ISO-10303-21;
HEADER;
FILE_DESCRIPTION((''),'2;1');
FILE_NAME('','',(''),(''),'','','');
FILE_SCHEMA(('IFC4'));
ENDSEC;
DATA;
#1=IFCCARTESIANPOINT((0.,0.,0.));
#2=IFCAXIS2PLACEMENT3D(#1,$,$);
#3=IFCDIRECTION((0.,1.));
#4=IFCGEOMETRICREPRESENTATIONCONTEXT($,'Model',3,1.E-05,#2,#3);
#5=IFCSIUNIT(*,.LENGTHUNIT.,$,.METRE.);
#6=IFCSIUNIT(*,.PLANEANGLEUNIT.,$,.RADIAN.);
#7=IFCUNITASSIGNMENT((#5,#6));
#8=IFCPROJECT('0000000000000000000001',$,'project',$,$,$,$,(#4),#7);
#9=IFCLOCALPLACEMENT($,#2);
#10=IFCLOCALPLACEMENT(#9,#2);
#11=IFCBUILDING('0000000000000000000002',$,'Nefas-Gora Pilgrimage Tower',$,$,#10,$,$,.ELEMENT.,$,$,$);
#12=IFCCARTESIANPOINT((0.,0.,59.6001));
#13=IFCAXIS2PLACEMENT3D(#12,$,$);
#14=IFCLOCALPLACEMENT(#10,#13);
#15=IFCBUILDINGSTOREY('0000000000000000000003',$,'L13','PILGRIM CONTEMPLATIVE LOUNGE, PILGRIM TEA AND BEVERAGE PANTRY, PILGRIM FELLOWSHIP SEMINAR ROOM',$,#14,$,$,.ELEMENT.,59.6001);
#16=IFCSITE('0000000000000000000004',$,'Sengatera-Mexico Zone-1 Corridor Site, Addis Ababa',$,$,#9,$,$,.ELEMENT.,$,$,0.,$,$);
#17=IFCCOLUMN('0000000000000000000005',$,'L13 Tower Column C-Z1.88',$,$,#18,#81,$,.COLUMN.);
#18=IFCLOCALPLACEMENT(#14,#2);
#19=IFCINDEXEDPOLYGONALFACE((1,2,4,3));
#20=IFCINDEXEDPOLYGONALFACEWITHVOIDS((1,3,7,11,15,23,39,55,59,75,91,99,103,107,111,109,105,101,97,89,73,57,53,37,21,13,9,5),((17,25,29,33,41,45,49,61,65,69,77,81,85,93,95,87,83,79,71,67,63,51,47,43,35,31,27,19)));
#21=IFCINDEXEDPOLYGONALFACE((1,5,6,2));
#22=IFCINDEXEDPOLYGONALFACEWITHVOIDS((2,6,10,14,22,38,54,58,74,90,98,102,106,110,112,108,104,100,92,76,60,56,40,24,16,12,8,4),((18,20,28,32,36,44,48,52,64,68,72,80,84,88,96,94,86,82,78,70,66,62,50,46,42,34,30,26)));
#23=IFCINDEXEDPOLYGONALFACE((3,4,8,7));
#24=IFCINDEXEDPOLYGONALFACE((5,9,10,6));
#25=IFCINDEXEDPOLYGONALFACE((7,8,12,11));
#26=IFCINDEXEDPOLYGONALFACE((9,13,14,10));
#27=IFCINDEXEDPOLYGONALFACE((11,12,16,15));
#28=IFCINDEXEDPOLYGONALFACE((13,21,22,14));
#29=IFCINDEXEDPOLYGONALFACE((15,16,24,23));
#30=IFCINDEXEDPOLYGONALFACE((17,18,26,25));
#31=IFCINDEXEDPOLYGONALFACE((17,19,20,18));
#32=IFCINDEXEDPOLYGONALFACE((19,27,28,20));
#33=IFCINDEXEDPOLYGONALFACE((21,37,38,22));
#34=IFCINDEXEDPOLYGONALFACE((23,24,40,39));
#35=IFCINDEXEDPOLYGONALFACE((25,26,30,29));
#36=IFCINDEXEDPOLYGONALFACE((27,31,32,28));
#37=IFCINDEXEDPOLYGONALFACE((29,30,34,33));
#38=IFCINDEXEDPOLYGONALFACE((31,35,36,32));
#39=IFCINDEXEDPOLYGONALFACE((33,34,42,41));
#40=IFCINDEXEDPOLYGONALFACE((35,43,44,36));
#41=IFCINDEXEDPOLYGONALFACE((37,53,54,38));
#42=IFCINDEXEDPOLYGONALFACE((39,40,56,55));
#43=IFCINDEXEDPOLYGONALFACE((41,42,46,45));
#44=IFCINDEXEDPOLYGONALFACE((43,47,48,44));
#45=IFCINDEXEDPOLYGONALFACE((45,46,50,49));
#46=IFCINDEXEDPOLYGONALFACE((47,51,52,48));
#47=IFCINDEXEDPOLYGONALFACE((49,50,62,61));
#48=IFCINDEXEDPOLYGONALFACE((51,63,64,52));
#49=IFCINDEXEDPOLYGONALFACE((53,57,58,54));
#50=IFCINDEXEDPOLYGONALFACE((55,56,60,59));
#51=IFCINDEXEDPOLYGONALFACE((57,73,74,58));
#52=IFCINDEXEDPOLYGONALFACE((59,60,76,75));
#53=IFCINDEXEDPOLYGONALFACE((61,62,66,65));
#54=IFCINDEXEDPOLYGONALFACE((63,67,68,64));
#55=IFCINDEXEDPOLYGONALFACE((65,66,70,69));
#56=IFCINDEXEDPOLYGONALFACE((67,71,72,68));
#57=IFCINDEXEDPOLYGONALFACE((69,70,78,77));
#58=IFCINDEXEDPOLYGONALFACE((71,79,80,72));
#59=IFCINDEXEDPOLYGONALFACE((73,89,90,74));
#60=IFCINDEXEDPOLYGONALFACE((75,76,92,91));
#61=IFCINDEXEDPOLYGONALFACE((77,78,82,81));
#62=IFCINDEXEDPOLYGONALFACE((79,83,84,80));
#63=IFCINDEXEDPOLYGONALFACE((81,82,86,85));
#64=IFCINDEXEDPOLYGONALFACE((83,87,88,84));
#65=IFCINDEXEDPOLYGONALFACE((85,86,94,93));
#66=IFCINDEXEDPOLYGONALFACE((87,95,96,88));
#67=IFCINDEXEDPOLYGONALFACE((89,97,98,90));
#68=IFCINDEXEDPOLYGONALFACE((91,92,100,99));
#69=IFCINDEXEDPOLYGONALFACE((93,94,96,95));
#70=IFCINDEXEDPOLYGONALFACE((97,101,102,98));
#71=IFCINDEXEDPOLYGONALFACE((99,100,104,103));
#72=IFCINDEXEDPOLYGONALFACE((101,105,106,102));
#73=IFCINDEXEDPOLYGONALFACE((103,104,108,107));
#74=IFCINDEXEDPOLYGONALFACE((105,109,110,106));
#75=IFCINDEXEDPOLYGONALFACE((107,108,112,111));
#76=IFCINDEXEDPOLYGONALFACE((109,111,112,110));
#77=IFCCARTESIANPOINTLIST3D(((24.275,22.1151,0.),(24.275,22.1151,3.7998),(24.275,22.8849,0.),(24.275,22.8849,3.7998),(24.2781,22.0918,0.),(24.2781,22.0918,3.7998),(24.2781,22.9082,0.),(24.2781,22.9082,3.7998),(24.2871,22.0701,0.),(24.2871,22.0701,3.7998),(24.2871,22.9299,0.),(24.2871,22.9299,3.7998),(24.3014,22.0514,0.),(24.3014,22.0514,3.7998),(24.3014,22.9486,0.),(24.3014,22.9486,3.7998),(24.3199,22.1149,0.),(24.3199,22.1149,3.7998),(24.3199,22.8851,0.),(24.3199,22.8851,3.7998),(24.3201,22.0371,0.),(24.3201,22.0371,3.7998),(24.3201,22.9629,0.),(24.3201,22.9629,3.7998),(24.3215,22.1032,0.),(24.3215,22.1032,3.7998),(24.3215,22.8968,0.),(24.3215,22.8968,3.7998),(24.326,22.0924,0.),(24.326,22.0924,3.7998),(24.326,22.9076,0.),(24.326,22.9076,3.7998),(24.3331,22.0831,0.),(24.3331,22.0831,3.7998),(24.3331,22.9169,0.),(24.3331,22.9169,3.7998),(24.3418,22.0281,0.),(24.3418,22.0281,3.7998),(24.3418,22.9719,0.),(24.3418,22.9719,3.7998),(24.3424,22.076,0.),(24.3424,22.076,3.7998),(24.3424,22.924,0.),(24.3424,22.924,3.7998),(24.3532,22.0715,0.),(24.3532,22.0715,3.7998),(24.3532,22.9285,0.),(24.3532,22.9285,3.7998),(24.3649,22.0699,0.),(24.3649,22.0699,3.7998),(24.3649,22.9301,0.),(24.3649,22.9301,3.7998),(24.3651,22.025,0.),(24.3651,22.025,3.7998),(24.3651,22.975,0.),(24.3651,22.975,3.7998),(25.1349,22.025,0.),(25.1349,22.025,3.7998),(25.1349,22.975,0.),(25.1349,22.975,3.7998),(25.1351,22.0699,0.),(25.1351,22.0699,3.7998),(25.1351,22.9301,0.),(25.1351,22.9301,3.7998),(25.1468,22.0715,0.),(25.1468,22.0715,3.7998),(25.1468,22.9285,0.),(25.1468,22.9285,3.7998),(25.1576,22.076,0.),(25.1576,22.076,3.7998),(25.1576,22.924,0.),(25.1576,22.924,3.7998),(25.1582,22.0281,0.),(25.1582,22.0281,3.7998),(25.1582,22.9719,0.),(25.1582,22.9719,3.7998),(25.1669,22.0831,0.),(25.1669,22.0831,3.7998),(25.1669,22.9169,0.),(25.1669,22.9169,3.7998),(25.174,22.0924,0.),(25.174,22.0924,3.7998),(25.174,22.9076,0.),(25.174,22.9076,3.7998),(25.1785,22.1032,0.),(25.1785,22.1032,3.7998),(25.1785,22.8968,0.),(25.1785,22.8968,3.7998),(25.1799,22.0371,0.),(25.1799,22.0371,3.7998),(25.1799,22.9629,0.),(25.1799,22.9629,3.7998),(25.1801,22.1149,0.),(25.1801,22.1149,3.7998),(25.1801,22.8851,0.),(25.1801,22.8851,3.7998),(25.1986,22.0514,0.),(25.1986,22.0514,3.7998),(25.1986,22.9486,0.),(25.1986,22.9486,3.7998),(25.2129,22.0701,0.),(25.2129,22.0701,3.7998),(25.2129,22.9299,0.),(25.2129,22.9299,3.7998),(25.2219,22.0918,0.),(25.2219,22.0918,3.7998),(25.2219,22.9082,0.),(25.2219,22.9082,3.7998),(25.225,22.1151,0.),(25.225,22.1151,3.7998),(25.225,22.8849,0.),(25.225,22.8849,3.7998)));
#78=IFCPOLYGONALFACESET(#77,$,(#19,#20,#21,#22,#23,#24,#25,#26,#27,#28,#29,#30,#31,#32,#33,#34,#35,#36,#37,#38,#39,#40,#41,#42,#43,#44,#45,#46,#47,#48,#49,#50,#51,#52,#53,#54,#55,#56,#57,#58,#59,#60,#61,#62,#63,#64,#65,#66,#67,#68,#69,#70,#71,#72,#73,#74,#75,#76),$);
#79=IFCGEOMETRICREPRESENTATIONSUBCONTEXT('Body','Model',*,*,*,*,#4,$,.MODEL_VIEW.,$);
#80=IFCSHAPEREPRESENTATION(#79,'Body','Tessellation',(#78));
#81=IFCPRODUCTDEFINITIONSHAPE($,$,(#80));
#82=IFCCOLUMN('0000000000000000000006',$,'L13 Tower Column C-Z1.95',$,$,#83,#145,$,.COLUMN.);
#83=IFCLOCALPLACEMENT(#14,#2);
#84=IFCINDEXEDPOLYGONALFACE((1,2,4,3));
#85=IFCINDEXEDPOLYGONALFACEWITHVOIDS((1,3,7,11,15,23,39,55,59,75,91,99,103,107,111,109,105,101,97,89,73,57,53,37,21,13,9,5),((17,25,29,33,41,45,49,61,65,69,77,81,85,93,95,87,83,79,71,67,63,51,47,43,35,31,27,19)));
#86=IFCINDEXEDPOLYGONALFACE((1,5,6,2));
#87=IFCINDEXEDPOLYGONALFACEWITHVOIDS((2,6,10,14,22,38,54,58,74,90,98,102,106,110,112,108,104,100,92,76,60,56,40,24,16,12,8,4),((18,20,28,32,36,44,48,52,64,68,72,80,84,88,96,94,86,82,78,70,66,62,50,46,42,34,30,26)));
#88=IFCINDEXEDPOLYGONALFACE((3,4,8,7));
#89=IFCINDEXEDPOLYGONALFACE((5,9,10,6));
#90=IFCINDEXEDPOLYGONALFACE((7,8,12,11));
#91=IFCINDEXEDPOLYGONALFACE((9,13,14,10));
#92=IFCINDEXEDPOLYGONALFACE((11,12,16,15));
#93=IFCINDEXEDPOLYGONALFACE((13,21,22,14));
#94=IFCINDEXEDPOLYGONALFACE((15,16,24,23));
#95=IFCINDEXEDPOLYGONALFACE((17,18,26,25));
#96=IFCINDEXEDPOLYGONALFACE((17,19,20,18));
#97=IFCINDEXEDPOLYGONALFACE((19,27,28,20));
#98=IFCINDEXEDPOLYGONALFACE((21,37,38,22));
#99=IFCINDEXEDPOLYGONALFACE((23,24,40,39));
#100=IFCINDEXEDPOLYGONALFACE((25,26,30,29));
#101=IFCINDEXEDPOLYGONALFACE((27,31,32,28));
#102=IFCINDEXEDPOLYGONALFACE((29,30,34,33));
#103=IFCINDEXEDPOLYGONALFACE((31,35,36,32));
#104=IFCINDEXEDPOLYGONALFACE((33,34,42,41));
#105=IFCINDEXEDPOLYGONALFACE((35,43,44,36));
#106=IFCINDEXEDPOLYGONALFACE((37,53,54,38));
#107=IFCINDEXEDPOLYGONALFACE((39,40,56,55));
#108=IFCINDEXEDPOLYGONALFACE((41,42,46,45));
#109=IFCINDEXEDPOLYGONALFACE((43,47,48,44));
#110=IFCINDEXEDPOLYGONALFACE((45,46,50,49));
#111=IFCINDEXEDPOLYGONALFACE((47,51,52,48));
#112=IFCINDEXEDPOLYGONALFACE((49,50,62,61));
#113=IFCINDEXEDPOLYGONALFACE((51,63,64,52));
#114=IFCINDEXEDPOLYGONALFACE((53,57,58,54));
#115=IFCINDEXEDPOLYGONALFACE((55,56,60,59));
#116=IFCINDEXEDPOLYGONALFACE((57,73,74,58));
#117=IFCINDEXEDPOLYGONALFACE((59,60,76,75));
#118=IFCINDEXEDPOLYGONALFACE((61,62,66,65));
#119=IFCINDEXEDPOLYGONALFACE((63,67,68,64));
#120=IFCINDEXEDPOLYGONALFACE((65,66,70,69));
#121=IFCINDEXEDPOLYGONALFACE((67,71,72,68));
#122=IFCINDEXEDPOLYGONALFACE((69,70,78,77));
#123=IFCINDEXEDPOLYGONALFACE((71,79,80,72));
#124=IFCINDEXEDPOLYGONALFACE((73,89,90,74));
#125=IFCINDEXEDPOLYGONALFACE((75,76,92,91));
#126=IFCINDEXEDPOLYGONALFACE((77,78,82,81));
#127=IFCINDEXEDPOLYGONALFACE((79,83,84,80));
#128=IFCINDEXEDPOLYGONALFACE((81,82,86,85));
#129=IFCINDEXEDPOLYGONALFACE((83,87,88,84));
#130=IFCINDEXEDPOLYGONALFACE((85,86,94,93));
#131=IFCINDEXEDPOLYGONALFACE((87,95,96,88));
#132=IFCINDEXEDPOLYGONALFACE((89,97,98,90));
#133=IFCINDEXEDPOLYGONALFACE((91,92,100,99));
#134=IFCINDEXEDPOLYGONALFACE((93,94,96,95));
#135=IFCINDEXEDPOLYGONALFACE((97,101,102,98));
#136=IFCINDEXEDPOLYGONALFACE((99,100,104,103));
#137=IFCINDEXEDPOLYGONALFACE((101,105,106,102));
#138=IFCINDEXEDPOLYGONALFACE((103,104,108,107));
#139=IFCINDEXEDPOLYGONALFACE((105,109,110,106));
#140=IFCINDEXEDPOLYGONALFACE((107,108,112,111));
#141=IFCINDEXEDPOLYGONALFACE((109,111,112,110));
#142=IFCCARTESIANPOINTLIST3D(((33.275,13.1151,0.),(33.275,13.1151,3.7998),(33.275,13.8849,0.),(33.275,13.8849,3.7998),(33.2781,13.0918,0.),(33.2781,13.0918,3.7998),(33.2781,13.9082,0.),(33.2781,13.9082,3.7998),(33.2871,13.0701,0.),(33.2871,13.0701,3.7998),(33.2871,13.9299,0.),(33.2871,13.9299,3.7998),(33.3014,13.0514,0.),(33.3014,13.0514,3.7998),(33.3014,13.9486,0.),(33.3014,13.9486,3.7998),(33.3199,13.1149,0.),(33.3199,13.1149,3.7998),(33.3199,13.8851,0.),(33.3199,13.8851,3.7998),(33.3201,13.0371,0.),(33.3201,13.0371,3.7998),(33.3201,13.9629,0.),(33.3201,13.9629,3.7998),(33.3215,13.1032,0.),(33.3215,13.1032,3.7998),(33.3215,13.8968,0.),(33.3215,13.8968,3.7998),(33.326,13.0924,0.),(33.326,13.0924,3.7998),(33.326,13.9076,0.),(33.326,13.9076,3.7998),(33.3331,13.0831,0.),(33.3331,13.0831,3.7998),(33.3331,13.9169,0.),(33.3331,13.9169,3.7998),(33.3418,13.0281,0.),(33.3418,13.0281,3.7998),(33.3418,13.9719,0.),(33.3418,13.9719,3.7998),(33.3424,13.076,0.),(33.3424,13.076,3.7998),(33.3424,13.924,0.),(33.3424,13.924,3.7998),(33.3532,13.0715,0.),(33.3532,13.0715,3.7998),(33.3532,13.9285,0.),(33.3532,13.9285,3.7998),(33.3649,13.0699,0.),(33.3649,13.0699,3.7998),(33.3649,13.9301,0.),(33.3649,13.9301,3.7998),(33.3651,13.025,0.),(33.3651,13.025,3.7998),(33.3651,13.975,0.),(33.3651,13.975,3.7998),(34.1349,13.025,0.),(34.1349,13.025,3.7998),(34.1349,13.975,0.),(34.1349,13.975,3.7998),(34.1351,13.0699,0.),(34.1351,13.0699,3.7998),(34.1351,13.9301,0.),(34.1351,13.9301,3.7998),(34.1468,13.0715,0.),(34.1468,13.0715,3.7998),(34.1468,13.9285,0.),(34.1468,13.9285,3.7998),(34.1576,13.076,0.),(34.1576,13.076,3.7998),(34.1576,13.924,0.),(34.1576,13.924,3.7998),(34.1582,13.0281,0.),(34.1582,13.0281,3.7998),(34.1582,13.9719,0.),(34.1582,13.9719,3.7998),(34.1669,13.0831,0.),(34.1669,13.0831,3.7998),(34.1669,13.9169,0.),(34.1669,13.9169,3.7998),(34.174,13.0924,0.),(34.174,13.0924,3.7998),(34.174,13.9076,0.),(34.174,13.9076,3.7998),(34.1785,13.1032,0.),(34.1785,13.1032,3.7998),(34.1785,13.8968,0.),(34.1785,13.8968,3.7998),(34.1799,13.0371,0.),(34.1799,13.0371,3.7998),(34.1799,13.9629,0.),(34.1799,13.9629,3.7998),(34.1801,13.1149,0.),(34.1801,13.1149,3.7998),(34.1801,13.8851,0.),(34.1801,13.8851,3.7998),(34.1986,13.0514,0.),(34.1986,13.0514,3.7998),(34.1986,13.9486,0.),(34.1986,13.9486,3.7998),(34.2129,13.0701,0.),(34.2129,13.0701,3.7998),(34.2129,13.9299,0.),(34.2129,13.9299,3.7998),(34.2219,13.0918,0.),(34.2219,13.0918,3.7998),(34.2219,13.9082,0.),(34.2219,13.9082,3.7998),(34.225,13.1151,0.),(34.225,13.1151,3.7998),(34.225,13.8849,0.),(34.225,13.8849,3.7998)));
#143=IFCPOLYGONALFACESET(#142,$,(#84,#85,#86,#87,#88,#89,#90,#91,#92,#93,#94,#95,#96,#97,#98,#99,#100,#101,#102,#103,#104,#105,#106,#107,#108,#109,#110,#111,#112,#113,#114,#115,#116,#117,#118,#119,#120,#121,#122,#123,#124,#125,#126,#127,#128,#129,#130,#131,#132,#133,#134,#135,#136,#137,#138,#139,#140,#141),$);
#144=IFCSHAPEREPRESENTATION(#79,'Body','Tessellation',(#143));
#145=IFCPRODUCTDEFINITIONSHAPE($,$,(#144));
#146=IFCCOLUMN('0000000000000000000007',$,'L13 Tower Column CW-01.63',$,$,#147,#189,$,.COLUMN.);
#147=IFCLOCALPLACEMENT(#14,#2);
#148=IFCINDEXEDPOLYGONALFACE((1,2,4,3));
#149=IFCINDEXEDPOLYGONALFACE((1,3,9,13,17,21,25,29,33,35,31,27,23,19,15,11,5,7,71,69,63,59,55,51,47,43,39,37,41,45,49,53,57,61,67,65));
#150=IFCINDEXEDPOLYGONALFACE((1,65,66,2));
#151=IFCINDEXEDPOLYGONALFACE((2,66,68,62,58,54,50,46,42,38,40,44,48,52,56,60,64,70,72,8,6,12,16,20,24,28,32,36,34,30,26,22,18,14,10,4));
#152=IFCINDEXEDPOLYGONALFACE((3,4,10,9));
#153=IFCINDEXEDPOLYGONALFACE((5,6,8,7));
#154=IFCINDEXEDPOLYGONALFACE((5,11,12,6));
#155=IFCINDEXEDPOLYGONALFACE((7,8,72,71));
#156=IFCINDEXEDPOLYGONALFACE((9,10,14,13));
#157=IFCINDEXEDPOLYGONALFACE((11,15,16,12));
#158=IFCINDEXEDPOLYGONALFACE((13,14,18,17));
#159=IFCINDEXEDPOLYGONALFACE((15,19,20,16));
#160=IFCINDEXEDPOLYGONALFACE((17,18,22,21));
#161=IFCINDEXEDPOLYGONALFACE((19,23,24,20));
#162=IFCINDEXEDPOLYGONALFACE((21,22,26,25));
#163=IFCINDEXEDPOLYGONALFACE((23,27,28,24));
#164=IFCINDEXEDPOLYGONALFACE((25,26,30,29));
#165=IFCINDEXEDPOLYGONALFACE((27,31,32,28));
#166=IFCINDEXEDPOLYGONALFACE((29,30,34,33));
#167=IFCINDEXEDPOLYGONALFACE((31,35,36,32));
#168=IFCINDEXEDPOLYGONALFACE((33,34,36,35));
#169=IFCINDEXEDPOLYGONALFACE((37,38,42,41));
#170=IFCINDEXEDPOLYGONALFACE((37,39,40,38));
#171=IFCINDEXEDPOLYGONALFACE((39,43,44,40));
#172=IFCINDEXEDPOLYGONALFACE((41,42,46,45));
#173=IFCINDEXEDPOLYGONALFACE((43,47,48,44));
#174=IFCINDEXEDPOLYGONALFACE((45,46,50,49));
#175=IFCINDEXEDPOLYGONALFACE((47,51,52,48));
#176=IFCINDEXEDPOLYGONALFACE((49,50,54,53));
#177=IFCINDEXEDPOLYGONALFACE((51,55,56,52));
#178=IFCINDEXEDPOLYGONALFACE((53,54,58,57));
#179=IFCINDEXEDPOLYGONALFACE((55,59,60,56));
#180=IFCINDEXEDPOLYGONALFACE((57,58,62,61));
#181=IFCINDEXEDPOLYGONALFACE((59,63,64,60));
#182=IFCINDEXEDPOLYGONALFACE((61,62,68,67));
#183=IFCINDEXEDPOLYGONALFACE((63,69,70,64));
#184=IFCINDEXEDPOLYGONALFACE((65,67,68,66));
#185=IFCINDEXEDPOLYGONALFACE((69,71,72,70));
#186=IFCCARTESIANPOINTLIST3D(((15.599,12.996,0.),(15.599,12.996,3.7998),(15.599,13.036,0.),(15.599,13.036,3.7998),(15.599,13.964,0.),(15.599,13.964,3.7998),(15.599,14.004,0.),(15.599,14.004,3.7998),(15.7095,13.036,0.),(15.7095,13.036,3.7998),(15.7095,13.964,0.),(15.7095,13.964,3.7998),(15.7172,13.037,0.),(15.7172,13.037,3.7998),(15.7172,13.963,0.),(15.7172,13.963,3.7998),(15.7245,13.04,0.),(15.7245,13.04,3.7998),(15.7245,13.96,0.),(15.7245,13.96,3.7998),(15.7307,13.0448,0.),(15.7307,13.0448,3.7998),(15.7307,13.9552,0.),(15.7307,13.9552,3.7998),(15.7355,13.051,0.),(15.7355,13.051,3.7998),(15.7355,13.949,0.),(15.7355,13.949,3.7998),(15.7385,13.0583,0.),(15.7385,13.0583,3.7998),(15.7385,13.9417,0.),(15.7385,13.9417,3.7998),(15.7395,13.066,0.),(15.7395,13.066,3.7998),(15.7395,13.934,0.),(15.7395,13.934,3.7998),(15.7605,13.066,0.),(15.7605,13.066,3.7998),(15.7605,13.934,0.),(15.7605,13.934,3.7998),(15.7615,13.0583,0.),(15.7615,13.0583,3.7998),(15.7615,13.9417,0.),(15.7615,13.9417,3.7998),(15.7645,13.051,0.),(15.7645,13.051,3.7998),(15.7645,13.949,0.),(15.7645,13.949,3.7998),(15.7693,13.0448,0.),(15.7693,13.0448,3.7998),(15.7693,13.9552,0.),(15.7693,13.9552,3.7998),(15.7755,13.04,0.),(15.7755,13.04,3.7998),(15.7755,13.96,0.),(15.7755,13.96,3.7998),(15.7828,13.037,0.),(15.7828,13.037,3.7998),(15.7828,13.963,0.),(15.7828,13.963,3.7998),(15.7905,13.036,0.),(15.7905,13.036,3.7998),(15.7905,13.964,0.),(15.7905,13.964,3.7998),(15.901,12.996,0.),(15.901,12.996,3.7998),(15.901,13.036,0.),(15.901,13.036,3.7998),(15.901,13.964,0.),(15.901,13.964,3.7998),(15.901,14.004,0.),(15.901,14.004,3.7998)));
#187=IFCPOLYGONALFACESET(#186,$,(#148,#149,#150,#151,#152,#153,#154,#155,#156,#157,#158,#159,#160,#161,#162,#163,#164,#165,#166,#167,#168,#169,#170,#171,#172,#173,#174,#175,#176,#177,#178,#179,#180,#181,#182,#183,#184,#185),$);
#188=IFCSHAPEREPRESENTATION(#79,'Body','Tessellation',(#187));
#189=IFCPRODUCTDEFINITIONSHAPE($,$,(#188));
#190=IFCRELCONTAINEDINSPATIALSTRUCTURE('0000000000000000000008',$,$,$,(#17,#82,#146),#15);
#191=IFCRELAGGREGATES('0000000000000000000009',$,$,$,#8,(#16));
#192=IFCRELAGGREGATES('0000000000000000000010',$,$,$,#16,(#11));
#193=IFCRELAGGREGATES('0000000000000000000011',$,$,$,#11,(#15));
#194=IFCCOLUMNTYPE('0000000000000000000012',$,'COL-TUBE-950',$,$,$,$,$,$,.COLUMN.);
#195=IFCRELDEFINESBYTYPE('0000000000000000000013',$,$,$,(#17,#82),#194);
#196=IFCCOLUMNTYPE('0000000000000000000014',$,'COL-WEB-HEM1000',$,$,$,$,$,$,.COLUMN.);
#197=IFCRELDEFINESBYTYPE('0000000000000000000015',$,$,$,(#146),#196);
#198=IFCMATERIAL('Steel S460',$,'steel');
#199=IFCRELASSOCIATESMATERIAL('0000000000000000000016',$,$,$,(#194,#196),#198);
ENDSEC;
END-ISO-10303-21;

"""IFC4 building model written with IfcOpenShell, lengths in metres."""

from ifc_helpers import new_model, si_unit, direction, frame, origin, origin_2d, place, context, subcontext, project, spatial, hollow_rectangle, i_section, extrude, source, transform, mapped, material, material_profile, profile_set, type_object, element, save


model = new_model("IFC4")

# Units and contexts
model_context = context("Model", 3, precision=1e-05, world=origin(), true_north=direction((0.0, 1.0)))
body_context = subcontext(model_context, "Body", "Model", "MODEL_VIEW")
ifc_project = project(units=[si_unit("LENGTHUNIT", "METRE"), si_unit("PLANEANGLEUNIT", "RADIAN")], contexts=[model_context])

# Site, building, storey
site_placement = place(None, origin())
site = spatial("IfcSite", under=ifc_project, at=site_placement, Name="Sengatera-Mexico Zone-1 Corridor Site, Addis Ababa", CompositionType="ELEMENT", RefElevation=0.0)
building_placement = place(site_placement, origin())
building = spatial("IfcBuilding", under=site, at=building_placement, Name="Nefas-Gora Pilgrimage Tower", CompositionType="ELEMENT")
storey_placement = place(building_placement, frame((0.0, 0.0, 59.6001)))
storey = spatial("IfcBuildingStorey", under=building, at=storey_placement, Name="L13", Description="PILGRIM CONTEMPLATIVE LOUNGE, PILGRIM TEA AND BEVERAGE PANTRY, PILGRIM FELLOWSHIP SEMINAR ROOM", CompositionType="ELEMENT", Elevation=59.6001)

# Columns
ifc_material_1 = material(Name="Steel S460", Category="steel")
ifc_material_profile_1 = material_profile(ifc_material_1, hollow_rectangle(XDim=0.95, YDim=0.95, WallThickness=0.0449, InnerFilletRadius=0.0449, OuterFilletRadius=0.0901, at=origin_2d()), Name="BOX 950x950x45")
ifc_profile_set_1 = profile_set([ifc_material_profile_1], Name="Steel S460")
column_type_1 = type_object("IfcColumnType", Name="COL-TUBE-950", PredefinedType="COLUMN", material=ifc_profile_set_1)
shared_shape_1 = source(origin(), body_context, "Body", "SweptSolid", [
    extrude(hollow_rectangle(XDim=0.95, YDim=0.95, WallThickness=0.0449, InnerFilletRadius=0.0449, OuterFilletRadius=0.0901, at=origin_2d()), origin(), (0.0, 0.0, 1.0), 3.7998),
])
for number, where, z_axis, x_axis, name in (
    (1, (24.75, 22.5, 0.0), (0.0, 0.0, 1.0), (1.0, 0.0, 0.0), "L13 Tower Column C-Z1.88"),
    (2, (33.75, 13.5, 0.0), (0.0, 0.0, 1.0), (1.0, 0.0, 0.0), "L13 Tower Column C-Z1.95"),
):
    element("IfcColumn", number, at=place(storey_placement, frame(where, z_axis=z_axis, x_axis=x_axis)), inside=storey, type_object=column_type_1, Name=name, PredefinedType="COLUMN", context=body_context, shape_type="MappedRepresentation", body=[
        mapped(shared_shape_1, transform((0.0, 0.0, 0.0), x_axis=(1.0, 0.0, 0.0), y_axis=(0.0, 1.0, 0.0), z_axis=(0.0, 0.0, 1.0), scale=1.0)),
    ])
ifc_material_profile_2 = material_profile(ifc_material_1, i_section(OverallWidth=0.302, OverallDepth=1.0081, WebThickness=0.021, FlangeThickness=0.04, FilletRadius=0.03, at=origin_2d()), Name="HEM 1000")
ifc_profile_set_2 = profile_set([ifc_material_profile_2], Name="Steel S460")
column_type_2 = type_object("IfcColumnType", Name="COL-WEB-HEM1000", PredefinedType="COLUMN", material=ifc_profile_set_2)
shared_shape_2 = source(origin(), body_context, "Body", "SweptSolid", [
    extrude(i_section(OverallWidth=0.302, OverallDepth=1.0081, WebThickness=0.021, FlangeThickness=0.04, FilletRadius=0.03, at=origin_2d()), origin(), (0.0, 0.0, 1.0), 3.7998),
])
for number, where, z_axis, x_axis, name in (
    (3, (15.75, 13.5, 0.0), (0.0, 0.0, 1.0), (1.0, 0.0, 0.0), "L13 Tower Column CW-01.63"),
):
    element("IfcColumn", number, at=place(storey_placement, frame(where, z_axis=z_axis, x_axis=x_axis)), inside=storey, type_object=column_type_2, Name=name, PredefinedType="COLUMN", context=body_context, shape_type="MappedRepresentation", body=[
        mapped(shared_shape_2, transform((0.0, 0.0, 0.0), x_axis=(1.0, 0.0, 0.0), y_axis=(0.0, 1.0, 0.0), z_axis=(0.0, 0.0, 1.0), scale=1.0)),
    ])

save(model, "model.ifc")
